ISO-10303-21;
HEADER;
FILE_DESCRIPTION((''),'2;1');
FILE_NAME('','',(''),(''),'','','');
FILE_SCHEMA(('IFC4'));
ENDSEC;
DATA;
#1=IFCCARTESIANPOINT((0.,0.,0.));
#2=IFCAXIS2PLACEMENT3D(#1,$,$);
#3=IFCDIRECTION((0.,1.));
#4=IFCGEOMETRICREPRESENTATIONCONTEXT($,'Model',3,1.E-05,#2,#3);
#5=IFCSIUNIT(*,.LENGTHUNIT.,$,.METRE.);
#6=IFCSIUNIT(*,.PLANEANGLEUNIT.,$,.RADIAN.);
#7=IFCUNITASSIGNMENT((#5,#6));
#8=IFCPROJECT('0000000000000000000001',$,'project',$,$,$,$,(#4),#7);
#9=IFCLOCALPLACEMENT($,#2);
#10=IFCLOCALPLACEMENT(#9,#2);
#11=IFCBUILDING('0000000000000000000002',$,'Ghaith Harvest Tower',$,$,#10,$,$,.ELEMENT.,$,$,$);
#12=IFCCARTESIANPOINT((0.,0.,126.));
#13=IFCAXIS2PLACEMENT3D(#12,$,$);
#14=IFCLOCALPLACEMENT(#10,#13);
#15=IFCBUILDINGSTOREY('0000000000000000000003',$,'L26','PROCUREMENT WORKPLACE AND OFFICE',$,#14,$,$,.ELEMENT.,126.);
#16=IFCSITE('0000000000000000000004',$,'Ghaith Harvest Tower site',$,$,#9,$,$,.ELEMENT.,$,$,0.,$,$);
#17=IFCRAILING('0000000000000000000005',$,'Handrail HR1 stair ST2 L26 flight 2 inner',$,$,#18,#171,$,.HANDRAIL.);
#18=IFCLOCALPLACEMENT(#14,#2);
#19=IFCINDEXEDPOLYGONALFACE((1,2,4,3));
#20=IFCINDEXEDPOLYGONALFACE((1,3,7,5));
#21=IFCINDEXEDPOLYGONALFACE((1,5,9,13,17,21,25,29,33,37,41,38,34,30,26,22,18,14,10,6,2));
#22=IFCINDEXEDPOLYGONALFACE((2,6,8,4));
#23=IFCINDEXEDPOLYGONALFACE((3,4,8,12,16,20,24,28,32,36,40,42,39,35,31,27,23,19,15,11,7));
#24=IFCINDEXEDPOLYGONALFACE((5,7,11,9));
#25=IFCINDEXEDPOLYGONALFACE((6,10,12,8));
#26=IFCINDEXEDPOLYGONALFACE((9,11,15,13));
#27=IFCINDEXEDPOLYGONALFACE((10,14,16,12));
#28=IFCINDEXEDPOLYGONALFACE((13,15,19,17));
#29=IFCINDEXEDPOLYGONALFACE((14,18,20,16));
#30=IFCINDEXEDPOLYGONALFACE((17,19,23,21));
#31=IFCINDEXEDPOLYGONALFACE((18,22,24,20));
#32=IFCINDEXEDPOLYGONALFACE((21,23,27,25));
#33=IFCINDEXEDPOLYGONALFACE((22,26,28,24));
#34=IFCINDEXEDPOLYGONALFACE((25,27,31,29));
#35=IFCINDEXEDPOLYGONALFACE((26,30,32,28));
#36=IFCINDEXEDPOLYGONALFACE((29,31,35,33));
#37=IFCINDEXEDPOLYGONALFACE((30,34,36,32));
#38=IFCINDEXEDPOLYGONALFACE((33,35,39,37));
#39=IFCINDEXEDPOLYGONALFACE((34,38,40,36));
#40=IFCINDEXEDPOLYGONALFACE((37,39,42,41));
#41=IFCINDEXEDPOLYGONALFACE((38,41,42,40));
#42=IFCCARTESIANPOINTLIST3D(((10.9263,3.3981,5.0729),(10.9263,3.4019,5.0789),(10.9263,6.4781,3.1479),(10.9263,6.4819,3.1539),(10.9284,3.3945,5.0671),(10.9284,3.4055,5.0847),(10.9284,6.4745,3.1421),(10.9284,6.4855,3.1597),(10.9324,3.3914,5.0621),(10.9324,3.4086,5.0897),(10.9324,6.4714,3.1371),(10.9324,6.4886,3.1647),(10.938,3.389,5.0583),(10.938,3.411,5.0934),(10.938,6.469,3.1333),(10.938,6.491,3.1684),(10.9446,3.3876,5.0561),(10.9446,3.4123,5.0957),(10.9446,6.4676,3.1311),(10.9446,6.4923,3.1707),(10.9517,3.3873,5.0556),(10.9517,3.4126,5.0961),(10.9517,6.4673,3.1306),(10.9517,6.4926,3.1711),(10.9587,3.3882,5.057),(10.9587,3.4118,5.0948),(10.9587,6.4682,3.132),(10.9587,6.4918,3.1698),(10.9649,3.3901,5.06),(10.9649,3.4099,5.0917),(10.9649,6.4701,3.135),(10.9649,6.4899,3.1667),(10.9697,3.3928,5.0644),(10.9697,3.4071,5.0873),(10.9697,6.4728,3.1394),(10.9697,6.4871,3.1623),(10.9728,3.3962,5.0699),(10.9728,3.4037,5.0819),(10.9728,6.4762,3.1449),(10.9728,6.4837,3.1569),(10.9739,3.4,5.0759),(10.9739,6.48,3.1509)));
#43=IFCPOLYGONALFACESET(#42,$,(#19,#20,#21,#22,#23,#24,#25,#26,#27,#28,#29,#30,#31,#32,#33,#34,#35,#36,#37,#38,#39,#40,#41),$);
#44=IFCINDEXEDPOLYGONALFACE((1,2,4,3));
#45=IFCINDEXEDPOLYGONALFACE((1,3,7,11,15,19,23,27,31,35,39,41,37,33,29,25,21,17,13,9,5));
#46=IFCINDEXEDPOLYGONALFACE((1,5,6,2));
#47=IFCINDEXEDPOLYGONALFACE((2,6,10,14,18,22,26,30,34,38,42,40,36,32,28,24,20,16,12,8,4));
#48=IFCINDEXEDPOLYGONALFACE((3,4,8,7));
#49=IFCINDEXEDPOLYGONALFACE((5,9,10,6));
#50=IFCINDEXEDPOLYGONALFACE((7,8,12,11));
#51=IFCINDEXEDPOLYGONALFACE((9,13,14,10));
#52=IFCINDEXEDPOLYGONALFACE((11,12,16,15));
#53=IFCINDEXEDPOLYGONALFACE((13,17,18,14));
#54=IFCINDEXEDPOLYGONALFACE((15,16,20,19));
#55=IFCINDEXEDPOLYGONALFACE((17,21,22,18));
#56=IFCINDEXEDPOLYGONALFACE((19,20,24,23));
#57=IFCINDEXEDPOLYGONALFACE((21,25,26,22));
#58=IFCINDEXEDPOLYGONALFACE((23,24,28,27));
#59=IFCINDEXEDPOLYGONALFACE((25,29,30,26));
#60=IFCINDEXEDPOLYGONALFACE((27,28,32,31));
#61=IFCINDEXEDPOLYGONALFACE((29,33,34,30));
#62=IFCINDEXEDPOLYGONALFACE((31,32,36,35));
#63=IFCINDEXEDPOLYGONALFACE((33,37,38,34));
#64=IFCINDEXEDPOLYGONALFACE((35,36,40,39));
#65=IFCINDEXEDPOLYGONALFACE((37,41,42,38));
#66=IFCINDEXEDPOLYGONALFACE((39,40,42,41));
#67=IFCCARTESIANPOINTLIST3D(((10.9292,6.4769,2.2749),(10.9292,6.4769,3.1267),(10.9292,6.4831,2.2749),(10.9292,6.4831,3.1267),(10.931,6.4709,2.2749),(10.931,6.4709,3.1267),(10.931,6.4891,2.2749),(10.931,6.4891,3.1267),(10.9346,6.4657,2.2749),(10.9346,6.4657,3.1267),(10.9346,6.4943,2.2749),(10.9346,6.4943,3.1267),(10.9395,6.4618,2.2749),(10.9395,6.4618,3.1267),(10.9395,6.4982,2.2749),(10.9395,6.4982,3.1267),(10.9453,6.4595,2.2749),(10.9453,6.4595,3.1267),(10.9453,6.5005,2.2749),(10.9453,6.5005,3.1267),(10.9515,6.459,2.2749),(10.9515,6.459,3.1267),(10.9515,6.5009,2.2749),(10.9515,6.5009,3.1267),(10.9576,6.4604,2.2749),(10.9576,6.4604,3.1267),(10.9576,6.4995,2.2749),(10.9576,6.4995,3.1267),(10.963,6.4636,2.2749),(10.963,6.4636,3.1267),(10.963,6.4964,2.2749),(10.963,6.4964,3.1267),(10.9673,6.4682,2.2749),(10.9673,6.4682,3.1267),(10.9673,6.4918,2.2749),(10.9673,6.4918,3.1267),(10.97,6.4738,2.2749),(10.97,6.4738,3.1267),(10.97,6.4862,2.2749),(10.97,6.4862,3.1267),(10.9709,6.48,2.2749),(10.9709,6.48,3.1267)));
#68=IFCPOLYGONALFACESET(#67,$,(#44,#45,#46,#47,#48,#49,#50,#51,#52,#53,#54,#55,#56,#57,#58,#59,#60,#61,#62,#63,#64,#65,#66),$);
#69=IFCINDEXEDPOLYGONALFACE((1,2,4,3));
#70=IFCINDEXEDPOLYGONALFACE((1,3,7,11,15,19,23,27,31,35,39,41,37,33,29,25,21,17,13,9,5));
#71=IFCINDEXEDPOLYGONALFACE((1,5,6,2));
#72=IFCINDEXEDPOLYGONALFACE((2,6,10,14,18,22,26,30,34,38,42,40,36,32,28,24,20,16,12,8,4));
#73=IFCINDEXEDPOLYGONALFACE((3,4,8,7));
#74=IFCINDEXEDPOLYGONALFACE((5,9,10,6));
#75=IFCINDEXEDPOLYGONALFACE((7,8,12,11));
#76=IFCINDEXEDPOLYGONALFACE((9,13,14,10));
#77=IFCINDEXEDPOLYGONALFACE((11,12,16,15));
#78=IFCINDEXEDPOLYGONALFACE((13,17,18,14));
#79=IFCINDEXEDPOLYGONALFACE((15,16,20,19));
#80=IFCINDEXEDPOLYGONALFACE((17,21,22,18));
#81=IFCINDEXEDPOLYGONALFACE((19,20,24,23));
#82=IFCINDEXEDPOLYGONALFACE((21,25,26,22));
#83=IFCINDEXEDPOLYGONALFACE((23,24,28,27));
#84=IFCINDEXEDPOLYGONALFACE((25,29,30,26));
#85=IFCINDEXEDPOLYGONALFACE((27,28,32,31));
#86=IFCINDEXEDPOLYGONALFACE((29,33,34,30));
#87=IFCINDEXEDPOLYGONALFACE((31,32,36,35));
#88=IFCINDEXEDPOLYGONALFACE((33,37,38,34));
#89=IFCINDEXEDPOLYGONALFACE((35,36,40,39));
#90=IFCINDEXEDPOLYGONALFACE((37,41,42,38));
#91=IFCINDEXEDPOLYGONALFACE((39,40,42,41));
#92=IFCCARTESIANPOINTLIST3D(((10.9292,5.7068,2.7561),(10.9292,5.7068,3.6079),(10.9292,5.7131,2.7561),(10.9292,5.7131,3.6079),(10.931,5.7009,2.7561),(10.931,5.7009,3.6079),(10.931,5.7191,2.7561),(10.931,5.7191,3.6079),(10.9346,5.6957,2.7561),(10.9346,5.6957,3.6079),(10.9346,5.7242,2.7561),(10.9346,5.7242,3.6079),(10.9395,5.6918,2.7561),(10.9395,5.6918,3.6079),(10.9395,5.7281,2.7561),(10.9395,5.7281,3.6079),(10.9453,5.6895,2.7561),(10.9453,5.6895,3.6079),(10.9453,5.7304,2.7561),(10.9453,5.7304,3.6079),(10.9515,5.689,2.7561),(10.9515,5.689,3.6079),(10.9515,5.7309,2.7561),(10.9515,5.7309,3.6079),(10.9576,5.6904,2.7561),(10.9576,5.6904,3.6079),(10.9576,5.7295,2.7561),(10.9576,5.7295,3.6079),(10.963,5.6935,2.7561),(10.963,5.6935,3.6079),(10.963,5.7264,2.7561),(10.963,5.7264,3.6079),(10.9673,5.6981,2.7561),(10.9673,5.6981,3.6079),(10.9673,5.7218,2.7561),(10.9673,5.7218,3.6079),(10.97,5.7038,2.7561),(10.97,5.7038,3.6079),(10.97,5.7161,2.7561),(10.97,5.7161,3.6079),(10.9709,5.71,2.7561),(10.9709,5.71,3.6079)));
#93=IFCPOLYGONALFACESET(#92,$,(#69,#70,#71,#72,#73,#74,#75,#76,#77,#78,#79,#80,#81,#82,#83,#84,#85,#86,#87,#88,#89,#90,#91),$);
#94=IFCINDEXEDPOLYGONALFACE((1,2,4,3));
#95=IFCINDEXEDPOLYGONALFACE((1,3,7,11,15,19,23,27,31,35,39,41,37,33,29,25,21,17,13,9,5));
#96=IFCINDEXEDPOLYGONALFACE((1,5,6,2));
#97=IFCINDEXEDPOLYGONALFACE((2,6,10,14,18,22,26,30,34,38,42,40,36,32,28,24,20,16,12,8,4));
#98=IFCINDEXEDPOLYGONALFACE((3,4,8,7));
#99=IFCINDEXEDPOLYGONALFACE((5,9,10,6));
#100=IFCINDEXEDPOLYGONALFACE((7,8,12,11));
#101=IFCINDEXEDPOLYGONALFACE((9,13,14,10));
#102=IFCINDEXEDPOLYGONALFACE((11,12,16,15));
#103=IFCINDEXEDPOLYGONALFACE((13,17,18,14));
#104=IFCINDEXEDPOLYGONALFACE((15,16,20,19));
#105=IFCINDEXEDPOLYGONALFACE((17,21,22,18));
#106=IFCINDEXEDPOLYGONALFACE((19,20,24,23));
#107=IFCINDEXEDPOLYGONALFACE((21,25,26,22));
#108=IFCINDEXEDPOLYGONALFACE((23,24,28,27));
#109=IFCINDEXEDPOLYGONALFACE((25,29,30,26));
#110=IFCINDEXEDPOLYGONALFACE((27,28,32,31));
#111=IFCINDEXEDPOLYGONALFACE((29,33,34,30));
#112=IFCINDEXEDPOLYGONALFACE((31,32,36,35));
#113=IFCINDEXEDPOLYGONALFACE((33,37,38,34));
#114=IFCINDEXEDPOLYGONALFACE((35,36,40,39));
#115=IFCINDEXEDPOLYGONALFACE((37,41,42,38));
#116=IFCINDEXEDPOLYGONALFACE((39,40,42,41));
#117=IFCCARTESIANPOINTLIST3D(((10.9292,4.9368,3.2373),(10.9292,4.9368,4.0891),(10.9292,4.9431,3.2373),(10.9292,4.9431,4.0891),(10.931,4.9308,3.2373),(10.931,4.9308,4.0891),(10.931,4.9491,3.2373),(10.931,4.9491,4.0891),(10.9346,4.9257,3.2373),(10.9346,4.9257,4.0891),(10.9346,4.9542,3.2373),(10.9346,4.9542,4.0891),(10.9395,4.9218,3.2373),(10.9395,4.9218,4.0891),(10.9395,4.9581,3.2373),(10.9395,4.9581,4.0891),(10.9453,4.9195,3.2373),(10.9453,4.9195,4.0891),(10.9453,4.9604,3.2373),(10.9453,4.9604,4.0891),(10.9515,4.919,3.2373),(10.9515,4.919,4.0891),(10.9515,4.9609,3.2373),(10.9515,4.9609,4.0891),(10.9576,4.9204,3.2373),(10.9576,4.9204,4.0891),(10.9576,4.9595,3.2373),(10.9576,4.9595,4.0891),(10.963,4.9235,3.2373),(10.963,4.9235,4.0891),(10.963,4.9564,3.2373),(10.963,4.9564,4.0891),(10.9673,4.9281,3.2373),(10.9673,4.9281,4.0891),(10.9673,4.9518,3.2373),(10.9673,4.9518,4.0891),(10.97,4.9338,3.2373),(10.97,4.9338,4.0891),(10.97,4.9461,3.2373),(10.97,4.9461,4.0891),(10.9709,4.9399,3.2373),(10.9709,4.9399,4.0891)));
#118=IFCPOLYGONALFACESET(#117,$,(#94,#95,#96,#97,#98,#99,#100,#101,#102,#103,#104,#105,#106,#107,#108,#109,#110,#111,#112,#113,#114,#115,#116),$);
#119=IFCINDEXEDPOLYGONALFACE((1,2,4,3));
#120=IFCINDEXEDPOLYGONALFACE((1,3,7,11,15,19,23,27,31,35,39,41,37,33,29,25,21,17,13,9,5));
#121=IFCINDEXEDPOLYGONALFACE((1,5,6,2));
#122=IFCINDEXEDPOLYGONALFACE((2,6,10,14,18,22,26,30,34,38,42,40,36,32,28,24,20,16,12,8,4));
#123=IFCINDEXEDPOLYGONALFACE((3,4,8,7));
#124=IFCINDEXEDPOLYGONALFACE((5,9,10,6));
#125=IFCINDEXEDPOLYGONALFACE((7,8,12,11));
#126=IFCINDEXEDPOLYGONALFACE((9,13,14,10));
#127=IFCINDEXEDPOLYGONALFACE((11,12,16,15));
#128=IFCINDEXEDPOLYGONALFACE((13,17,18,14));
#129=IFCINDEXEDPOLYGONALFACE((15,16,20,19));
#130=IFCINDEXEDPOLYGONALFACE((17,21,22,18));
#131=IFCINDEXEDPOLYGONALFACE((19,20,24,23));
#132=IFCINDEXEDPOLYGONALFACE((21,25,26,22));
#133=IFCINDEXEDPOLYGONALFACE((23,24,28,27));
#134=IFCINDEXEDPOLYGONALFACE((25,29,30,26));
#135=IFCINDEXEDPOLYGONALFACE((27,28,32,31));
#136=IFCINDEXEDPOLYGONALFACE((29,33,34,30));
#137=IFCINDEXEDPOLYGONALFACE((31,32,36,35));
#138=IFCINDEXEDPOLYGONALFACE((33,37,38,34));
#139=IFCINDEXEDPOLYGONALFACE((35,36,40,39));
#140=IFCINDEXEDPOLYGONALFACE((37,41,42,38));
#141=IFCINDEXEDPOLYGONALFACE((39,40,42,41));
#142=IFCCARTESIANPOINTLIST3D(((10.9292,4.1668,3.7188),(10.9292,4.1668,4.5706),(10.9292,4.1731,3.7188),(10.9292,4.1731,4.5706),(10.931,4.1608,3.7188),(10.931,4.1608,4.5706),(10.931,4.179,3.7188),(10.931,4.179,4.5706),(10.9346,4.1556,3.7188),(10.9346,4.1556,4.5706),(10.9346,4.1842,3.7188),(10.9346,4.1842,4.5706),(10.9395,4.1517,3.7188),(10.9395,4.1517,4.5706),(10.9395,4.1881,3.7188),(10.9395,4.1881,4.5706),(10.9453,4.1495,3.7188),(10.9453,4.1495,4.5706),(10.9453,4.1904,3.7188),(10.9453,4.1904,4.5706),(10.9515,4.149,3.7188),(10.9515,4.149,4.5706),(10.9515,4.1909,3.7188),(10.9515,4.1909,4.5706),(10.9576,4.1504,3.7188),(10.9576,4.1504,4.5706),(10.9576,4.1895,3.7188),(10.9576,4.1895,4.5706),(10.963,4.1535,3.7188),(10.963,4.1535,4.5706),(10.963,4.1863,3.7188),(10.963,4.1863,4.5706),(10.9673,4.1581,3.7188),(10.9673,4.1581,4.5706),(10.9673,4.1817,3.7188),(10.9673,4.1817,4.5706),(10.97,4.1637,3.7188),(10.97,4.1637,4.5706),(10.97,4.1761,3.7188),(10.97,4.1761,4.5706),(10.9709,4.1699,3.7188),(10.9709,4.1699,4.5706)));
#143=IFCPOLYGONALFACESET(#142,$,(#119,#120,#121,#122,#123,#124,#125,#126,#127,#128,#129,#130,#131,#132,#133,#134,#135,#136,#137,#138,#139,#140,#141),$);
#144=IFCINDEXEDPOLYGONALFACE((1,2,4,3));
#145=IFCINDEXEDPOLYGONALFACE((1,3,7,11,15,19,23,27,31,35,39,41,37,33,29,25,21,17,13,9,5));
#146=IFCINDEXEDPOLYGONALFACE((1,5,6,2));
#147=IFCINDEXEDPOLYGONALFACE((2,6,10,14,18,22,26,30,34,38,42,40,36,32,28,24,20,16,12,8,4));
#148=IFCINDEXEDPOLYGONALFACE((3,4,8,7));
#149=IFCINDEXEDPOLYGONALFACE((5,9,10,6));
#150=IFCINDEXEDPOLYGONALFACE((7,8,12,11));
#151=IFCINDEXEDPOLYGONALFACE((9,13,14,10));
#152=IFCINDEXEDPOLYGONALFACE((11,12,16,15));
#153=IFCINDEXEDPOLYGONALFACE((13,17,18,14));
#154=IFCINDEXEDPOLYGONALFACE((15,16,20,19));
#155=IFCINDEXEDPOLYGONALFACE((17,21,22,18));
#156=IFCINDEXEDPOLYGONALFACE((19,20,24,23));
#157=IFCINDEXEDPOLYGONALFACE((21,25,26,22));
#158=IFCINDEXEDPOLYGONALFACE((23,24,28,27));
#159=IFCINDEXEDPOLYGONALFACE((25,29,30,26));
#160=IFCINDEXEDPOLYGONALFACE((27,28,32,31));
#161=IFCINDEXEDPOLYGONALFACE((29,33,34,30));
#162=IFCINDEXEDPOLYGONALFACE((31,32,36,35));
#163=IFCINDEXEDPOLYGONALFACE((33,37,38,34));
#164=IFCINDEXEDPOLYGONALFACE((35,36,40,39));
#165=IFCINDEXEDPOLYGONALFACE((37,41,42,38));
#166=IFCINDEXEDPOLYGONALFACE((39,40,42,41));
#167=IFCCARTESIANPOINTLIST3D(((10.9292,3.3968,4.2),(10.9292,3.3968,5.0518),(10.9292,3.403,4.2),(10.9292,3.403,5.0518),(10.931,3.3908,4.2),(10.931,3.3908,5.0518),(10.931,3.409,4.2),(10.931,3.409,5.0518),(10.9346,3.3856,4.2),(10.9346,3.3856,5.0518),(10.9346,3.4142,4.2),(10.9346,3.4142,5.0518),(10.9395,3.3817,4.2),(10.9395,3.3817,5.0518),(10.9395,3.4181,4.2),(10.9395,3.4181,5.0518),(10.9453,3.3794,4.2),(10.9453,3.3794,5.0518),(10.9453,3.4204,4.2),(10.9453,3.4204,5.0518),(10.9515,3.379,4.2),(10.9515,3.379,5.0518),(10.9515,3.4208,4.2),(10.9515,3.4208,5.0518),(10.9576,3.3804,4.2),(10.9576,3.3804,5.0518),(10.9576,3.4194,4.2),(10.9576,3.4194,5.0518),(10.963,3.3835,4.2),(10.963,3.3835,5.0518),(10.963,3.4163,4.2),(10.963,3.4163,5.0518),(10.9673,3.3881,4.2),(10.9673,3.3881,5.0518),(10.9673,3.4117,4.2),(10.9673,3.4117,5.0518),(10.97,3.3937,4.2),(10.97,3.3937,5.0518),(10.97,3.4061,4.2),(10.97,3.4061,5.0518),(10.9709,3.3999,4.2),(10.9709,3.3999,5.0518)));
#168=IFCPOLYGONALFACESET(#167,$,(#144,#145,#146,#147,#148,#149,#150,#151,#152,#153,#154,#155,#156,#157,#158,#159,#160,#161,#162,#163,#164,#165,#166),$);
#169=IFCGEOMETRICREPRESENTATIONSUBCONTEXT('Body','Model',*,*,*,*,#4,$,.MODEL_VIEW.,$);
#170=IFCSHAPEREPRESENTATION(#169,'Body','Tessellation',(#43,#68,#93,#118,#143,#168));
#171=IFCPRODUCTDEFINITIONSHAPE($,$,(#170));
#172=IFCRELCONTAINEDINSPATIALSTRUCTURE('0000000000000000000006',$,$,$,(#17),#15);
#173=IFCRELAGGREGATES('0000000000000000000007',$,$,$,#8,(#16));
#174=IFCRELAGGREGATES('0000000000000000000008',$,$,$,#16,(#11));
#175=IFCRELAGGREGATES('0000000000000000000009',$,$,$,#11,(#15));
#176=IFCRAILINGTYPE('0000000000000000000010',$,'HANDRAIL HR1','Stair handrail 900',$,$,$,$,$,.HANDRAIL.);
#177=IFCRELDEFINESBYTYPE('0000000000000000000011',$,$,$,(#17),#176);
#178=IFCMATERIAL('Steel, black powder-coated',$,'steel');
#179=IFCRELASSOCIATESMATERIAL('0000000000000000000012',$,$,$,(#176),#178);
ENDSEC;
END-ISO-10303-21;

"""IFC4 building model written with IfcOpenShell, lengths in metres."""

from ifc_helpers import new_model, si_unit, direction, frame, origin, origin_2d, place, context, subcontext, project, spatial, circle, extrude, material, type_object, element, save


model = new_model("IFC4")

# Units and contexts
model_context = context("Model", 3, precision=1e-05, world=origin(), true_north=direction((0.0, 1.0)))
body_context = subcontext(model_context, "Body", "Model", "MODEL_VIEW")
ifc_project = project(units=[si_unit("LENGTHUNIT", "METRE"), si_unit("PLANEANGLEUNIT", "RADIAN")], contexts=[model_context])

# Site, building, storey
site_placement = place(None, origin())
site = spatial("IfcSite", under=ifc_project, at=site_placement, Name="Ghaith Harvest Tower site", CompositionType="ELEMENT", RefElevation=0.0)
building_placement = place(site_placement, origin())
building = spatial("IfcBuilding", under=site, at=building_placement, Name="Ghaith Harvest Tower", CompositionType="ELEMENT")
storey_placement = place(building_placement, frame((0.0, 0.0, 126.0)))
storey = spatial("IfcBuildingStorey", under=building, at=storey_placement, Name="L26", Description="PROCUREMENT WORKPLACE AND OFFICE", CompositionType="ELEMENT", Elevation=126.0)

# Railing
ifc_material_1 = material(Name="Steel, black powder-coated", Category="steel")
railing_type = type_object("IfcRailingType", Name="HANDRAIL HR1", Description="Stair handrail 900", PredefinedType="HANDRAIL", material=ifc_material_1)
railing_1_placement = place(storey_placement, frame((10.95, 6.48, 2.2749)))
element("IfcRailing", 1, at=railing_1_placement, inside=storey, type_object=railing_type, Name="Handrail HR1 stair ST2 L26 flight 2 inner", PredefinedType="HANDRAIL", context=body_context, shape_type="SweptSolid", body=[
    extrude(circle(Radius=0.0239, at=origin_2d()), frame((0.0, 0.0, 0.876), z_axis=(0.0, -0.847998, 0.529999), x_axis=(1.0, 0.0, 0.0)), (0.0, 0.0, 1.0), 3.6321),
    extrude(circle(Radius=0.021, at=origin_2d()), origin(), (0.0, 0.0, 1.0), 0.8518),
    extrude(circle(Radius=0.021, at=origin_2d()), frame((0.0, -0.77, 0.4812)), (0.0, 0.0, 1.0), 0.8518),
    extrude(circle(Radius=0.021, at=origin_2d()), frame((0.0, -1.54, 0.9624)), (0.0, 0.0, 1.0), 0.8518),
    extrude(circle(Radius=0.021, at=origin_2d()), frame((0.0, -2.3101, 1.4438)), (0.0, 0.0, 1.0), 0.8518),
    extrude(circle(Radius=0.021, at=origin_2d()), frame((0.0, -3.0801, 1.925)), (0.0, 0.0, 1.0), 0.8518),
])

save(model, "model.ifc")
